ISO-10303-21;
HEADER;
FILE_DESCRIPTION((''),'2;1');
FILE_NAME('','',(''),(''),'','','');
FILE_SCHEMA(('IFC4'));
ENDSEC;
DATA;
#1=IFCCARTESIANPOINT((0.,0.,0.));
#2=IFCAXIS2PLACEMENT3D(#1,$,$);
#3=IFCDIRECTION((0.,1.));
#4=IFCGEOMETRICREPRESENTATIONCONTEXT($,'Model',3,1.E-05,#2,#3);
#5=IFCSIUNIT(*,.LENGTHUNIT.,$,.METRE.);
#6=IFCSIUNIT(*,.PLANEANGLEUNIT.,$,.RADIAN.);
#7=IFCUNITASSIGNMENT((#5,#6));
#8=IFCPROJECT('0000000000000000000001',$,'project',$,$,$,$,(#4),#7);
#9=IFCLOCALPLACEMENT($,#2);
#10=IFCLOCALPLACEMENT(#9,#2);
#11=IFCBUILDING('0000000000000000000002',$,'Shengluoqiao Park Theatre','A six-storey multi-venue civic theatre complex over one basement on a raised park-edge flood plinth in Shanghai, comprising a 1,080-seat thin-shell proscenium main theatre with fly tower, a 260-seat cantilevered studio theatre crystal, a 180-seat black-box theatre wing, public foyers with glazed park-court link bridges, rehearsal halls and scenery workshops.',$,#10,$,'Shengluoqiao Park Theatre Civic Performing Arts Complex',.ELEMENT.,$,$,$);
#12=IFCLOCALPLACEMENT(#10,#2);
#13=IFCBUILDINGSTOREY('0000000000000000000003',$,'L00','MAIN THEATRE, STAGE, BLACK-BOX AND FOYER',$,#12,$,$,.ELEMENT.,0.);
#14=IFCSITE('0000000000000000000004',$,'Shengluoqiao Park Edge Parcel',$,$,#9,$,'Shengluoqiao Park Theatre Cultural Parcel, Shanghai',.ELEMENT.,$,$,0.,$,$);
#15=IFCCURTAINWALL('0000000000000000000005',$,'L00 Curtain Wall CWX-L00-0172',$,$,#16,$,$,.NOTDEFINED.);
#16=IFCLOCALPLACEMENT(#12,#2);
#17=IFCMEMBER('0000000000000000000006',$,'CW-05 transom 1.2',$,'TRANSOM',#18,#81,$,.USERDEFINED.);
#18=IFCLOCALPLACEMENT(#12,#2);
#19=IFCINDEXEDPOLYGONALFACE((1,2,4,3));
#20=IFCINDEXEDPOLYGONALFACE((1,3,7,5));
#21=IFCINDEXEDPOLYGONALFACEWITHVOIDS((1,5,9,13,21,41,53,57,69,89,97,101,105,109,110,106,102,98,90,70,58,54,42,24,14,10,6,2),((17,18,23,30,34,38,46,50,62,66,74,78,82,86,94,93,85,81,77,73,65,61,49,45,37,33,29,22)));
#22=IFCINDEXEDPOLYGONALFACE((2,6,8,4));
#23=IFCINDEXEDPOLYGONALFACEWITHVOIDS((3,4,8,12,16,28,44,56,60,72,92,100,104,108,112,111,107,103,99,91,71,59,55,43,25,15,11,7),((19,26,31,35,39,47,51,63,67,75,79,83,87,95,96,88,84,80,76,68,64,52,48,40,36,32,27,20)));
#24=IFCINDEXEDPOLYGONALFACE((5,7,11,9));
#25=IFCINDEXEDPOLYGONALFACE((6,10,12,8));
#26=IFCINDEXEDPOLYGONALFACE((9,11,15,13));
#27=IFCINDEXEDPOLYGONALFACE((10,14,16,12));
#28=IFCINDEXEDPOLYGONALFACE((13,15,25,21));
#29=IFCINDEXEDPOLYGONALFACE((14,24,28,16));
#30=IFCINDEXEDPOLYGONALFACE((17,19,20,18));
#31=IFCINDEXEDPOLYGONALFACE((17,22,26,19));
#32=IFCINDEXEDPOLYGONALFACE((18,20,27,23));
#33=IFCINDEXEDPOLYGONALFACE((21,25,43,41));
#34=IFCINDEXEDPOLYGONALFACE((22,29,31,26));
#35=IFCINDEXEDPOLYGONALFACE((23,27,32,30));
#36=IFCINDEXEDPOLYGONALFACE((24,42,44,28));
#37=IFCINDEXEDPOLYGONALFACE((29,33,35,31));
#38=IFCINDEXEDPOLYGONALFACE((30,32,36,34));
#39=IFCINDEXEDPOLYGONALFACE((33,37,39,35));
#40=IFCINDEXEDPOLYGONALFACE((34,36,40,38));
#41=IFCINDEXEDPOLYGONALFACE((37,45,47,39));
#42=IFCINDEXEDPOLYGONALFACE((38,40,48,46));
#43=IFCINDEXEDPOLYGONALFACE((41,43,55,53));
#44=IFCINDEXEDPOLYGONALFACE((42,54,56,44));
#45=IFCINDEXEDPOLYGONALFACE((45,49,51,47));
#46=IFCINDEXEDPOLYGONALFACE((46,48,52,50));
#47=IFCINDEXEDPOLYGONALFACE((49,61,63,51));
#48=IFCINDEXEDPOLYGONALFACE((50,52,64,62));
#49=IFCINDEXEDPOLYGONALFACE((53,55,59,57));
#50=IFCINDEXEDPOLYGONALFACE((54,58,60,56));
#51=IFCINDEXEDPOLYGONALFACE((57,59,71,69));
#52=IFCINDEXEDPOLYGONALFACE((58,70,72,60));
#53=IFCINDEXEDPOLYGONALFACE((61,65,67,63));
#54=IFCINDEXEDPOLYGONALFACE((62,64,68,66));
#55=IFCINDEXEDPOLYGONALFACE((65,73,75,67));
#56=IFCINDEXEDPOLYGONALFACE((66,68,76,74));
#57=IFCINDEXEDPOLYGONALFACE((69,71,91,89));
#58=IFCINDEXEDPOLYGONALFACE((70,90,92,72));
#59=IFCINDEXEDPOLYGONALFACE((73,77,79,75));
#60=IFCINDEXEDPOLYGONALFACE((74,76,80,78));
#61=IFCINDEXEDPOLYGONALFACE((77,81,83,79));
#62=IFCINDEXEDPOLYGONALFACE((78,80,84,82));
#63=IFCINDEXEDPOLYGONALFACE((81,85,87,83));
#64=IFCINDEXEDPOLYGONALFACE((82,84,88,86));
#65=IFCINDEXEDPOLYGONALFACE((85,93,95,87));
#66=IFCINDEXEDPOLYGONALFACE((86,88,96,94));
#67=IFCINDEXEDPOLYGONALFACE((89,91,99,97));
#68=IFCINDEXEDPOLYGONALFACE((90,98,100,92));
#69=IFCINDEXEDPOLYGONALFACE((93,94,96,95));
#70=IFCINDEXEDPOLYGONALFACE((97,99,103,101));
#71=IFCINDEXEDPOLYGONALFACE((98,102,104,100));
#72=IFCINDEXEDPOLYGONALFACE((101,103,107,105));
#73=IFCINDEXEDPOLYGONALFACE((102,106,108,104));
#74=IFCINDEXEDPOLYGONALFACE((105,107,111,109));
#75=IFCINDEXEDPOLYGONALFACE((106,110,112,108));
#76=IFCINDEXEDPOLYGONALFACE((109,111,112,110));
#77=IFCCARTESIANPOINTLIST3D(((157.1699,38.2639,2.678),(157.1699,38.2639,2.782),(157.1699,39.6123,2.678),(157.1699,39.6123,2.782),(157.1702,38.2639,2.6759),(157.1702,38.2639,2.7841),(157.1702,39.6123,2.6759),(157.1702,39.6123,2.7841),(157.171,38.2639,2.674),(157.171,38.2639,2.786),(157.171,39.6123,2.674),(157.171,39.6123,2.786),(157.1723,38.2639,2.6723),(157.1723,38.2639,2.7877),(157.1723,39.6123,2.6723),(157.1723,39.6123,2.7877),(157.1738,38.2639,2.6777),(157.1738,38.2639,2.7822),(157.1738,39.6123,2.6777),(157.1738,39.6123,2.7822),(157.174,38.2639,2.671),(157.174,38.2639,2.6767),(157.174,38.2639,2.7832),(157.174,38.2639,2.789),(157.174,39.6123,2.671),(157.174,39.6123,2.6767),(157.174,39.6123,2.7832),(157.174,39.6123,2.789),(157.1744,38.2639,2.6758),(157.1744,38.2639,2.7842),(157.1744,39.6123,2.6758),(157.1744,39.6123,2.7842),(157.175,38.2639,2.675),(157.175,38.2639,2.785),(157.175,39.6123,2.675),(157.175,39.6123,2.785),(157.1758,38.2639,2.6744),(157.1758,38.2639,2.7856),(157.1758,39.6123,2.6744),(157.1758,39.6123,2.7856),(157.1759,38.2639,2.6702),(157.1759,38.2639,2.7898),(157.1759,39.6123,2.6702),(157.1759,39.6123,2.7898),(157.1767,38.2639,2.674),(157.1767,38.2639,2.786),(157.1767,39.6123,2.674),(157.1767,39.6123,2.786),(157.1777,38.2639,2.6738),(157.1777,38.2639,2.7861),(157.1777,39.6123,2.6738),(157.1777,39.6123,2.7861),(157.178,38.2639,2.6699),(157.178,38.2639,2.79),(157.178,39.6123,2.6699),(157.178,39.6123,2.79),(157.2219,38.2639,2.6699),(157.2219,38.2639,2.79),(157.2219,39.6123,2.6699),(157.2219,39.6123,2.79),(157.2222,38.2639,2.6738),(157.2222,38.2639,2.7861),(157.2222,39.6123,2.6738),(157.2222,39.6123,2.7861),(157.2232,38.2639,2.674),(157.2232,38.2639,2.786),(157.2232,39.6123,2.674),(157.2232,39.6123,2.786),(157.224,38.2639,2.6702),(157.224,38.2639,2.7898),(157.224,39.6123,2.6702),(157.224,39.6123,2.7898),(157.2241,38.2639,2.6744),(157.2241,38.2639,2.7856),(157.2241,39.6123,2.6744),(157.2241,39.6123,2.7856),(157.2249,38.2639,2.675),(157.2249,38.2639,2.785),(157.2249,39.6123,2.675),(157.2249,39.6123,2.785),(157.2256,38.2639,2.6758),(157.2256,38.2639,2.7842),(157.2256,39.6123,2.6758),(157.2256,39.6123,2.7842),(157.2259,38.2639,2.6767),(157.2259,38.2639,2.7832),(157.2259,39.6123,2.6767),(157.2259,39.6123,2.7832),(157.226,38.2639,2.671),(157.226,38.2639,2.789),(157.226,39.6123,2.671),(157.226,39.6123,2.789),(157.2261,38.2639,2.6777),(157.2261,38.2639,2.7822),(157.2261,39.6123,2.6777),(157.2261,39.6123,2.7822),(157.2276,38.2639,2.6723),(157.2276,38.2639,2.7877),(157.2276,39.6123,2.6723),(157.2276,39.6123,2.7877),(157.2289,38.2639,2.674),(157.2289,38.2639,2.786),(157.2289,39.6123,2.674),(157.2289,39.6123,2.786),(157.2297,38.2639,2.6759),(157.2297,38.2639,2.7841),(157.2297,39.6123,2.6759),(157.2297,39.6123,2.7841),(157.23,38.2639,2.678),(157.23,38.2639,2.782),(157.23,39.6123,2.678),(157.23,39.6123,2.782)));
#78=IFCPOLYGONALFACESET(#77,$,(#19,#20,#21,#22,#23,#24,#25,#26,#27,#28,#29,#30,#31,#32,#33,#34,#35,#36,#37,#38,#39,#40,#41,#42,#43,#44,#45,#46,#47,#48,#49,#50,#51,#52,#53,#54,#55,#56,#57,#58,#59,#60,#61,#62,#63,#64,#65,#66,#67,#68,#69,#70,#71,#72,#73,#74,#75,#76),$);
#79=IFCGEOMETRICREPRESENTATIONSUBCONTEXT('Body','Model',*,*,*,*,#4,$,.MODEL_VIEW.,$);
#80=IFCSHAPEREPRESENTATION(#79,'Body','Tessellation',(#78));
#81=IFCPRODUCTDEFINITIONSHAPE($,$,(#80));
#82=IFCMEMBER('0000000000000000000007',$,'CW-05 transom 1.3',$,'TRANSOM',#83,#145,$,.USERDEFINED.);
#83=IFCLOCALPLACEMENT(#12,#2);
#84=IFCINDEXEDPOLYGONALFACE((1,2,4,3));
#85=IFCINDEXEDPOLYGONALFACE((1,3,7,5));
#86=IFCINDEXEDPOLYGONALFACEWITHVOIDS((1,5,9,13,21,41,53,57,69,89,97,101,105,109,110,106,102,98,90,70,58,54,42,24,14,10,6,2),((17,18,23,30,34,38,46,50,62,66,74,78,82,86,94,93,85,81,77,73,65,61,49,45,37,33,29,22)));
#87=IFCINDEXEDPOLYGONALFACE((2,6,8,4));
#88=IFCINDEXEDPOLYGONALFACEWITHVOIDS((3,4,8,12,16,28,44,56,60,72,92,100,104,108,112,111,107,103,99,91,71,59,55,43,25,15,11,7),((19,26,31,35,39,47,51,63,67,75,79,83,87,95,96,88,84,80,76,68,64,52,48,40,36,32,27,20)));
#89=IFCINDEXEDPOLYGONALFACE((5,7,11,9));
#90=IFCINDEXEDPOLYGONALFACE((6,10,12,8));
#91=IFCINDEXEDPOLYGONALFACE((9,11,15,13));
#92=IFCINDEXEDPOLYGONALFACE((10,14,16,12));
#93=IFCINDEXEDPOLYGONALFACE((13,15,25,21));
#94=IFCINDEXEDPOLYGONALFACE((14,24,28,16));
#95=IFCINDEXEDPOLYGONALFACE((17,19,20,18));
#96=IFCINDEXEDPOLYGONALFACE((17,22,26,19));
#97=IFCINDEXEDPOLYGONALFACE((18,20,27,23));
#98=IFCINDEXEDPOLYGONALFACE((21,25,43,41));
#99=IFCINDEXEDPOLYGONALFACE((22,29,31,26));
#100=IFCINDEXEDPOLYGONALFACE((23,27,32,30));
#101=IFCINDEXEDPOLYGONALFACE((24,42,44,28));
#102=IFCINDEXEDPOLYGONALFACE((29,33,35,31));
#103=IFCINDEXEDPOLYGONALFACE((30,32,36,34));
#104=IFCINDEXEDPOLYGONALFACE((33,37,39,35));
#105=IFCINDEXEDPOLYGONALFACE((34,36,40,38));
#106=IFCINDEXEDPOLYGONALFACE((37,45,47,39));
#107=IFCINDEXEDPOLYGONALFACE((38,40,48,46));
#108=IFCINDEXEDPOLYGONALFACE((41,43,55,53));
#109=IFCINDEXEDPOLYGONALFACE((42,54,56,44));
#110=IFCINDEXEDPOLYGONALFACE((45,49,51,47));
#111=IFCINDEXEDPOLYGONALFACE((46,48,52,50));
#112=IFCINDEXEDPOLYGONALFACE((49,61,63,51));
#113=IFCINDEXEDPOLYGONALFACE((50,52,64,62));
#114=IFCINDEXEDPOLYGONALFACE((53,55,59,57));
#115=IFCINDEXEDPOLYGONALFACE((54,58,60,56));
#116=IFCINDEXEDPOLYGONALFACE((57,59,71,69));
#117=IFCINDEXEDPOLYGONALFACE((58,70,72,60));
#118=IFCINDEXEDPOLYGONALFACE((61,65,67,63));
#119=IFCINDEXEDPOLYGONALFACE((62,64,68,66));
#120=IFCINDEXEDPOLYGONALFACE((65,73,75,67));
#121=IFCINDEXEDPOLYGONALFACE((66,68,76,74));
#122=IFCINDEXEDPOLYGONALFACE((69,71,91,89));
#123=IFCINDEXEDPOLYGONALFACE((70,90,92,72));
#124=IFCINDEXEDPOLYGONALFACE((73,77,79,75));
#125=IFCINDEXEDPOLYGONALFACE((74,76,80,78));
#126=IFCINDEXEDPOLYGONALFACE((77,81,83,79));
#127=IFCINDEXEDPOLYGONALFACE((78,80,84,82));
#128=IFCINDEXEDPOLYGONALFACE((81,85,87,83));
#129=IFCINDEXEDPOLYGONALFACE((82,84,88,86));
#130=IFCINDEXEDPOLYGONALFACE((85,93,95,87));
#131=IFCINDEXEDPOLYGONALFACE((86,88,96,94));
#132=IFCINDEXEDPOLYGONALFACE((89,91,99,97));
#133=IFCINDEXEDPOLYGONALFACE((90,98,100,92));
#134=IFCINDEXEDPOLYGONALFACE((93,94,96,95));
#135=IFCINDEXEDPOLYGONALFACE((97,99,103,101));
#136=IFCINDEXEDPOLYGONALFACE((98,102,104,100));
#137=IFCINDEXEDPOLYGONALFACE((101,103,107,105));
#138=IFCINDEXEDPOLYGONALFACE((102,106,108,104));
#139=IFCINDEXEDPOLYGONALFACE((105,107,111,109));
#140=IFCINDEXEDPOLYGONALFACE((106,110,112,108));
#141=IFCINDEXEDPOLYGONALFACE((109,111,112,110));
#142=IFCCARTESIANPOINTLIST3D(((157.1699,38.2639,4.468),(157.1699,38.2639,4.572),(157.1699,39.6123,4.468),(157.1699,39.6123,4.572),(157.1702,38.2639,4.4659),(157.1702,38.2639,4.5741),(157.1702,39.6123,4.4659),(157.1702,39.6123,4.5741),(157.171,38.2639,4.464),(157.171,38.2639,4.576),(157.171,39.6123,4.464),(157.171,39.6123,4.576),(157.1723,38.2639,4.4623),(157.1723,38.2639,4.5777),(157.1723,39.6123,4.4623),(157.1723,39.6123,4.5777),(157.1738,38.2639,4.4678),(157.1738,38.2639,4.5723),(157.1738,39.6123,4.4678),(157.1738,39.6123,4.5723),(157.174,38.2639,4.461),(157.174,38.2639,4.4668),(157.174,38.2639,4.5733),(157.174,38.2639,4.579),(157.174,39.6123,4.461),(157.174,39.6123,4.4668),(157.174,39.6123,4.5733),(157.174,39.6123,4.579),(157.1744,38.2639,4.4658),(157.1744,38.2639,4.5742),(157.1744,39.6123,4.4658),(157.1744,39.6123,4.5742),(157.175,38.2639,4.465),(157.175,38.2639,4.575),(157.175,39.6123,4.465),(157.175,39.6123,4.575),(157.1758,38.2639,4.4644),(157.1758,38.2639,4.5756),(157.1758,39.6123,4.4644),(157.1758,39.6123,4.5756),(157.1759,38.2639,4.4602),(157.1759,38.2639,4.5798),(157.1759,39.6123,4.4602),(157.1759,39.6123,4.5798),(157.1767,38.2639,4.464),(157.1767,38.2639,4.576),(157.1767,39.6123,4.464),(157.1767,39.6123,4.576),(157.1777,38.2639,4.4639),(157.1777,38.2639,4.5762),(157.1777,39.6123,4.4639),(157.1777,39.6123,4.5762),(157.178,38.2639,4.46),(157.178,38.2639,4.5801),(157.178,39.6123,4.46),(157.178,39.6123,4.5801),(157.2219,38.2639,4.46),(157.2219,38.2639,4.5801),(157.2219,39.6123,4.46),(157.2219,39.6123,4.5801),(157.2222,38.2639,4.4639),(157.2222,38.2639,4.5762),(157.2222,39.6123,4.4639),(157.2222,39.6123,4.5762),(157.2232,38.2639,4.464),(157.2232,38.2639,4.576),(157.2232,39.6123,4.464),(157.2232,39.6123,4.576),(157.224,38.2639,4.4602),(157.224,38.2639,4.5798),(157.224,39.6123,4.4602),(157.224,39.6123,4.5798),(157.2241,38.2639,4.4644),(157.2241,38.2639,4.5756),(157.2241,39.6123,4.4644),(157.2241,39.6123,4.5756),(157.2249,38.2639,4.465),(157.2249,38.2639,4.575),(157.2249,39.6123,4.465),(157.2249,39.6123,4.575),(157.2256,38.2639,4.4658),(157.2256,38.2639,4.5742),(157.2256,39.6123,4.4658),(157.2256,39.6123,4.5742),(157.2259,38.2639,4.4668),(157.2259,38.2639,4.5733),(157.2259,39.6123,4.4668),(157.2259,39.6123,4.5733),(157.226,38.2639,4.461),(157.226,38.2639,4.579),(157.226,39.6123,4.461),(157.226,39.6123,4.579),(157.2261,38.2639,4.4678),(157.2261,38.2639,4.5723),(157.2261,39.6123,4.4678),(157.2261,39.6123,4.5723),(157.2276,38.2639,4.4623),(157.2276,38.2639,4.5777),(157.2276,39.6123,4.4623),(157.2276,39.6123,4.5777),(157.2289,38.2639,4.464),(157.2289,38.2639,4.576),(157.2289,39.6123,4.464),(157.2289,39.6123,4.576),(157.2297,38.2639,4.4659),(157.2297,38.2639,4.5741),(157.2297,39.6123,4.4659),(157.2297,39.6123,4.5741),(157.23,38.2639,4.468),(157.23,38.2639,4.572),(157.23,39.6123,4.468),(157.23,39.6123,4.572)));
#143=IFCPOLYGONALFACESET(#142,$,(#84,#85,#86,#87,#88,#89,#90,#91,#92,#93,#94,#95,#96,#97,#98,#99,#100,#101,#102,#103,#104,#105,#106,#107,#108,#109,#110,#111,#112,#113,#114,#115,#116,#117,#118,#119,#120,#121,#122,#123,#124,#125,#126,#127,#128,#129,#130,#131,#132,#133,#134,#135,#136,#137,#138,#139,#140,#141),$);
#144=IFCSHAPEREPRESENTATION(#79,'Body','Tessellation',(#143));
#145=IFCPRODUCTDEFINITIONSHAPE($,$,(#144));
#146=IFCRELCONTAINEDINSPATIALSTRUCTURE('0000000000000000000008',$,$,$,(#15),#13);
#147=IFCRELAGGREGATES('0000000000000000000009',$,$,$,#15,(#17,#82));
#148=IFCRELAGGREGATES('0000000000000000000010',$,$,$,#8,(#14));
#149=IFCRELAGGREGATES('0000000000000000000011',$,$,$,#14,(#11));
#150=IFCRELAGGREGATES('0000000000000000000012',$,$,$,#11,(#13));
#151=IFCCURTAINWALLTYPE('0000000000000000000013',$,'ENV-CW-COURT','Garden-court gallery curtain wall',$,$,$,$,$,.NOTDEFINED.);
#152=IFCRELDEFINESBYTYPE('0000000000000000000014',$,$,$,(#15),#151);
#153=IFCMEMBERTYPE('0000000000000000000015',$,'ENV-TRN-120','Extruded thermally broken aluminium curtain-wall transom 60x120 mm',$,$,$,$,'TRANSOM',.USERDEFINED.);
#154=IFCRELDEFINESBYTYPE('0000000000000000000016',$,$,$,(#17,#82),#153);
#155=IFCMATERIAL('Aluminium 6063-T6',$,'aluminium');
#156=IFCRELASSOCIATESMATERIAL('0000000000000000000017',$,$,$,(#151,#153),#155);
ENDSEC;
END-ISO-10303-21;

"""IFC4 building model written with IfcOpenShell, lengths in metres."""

from ifc_helpers import new_model, si_unit, direction, frame, origin, origin_2d, place, context, subcontext, project, spatial, hollow_rectangle, extrude, material, material_profile, profile_set, type_object, element, aggregate, save


model = new_model("IFC4")

# Units and contexts
model_context = context("Model", 3, precision=1e-05, world=origin(), true_north=direction((0.0, 1.0)))
body_context = subcontext(model_context, "Body", "Model", "MODEL_VIEW")
ifc_project = project(units=[si_unit("LENGTHUNIT", "METRE"), si_unit("PLANEANGLEUNIT", "RADIAN")], contexts=[model_context])

# Site, building, storey
site_placement = place(None, origin())
site = spatial("IfcSite", under=ifc_project, at=site_placement, Name="Shengluoqiao Park Edge Parcel", LongName="Shengluoqiao Park Theatre Cultural Parcel, Shanghai", CompositionType="ELEMENT", RefElevation=0.0)
building_placement = place(site_placement, origin())
building = spatial("IfcBuilding", under=site, at=building_placement, Name="Shengluoqiao Park Theatre", Description="A six-storey multi-venue civic theatre complex over one basement on a raised park-edge flood plinth in Shanghai, comprising a 1,080-seat thin-shell proscenium main theatre with fly tower, a 260-seat cantilevered studio theatre crystal, a 180-seat black-box theatre wing, public foyers with glazed park-court link bridges, rehearsal halls and scenery workshops.", LongName="Shengluoqiao Park Theatre Civic Performing Arts Complex", CompositionType="ELEMENT")
storey_placement = place(building_placement, origin())
storey = spatial("IfcBuildingStorey", under=building, at=storey_placement, Name="L00", Description="MAIN THEATRE, STAGE, BLACK-BOX AND FOYER", CompositionType="ELEMENT", Elevation=0.0)

# Shared definitions
ifc_material_1 = material(Name="Aluminium 6063-T6", Category="aluminium")
curtain_wall_type = type_object("IfcCurtainWallType", Name="ENV-CW-COURT", Description="Garden-court gallery curtain wall", PredefinedType="NOTDEFINED", material=ifc_material_1)

# Curtain wall
curtain_wall_1_placement = place(storey_placement, origin())
curtain_wall_1 = element("IfcCurtainWall", 1, at=curtain_wall_1_placement, inside=storey, type_object=curtain_wall_type, Name="L00 Curtain Wall CWX-L00-0172", PredefinedType="NOTDEFINED")

# Members
ifc_material_profile_1 = material_profile(ifc_material_1, hollow_rectangle(XDim=0.0601, YDim=0.1201, WallThickness=0.0039, InnerFilletRadius=0.0039, OuterFilletRadius=0.0081, at=origin_2d()), Name="ALU TRANSOM 120x60x4")
ifc_profile_set_1 = profile_set([ifc_material_profile_1], Name="Aluminium 6063-T6")
member_type_1 = type_object("IfcMemberType", Name="ENV-TRN-120", Description="Extruded thermally broken aluminium curtain-wall transom 60x120 mm", ElementType="TRANSOM", PredefinedType="USERDEFINED", material=ifc_profile_set_1)
member_1_placement = place(storey_placement, frame((157.2, 38.2639, 2.73), z_axis=(0.0, 1.0, 0.0), x_axis=(-1.0, 0.0, 0.0)))
member_1 = element("IfcMember", 2, at=member_1_placement, type_object=member_type_1, Name="CW-05 transom 1.2", ObjectType="TRANSOM", PredefinedType="USERDEFINED", context=body_context, shape_type="SweptSolid", body=[
    extrude(hollow_rectangle(XDim=0.0601, YDim=0.1201, WallThickness=0.0039, InnerFilletRadius=0.0039, OuterFilletRadius=0.0081, at=origin_2d()), origin(), (0.0, 0.0, 1.0), 1.3484),
])
member_2_placement = place(storey_placement, frame((157.2, 38.2639, 4.52), z_axis=(0.0, 1.0, 0.0), x_axis=(-1.0, 0.0, 0.0)))
member_2 = element("IfcMember", 3, at=member_2_placement, type_object=member_type_1, Name="CW-05 transom 1.3", ObjectType="TRANSOM", PredefinedType="USERDEFINED", context=body_context, shape_type="SweptSolid", body=[
    extrude(hollow_rectangle(XDim=0.0601, YDim=0.1201, WallThickness=0.0039, InnerFilletRadius=0.0039, OuterFilletRadius=0.0081, at=origin_2d()), origin(), (0.0, 0.0, 1.0), 1.3484),
])

aggregate(curtain_wall_1, [member_1, member_2])

save(model, "model.ifc")
